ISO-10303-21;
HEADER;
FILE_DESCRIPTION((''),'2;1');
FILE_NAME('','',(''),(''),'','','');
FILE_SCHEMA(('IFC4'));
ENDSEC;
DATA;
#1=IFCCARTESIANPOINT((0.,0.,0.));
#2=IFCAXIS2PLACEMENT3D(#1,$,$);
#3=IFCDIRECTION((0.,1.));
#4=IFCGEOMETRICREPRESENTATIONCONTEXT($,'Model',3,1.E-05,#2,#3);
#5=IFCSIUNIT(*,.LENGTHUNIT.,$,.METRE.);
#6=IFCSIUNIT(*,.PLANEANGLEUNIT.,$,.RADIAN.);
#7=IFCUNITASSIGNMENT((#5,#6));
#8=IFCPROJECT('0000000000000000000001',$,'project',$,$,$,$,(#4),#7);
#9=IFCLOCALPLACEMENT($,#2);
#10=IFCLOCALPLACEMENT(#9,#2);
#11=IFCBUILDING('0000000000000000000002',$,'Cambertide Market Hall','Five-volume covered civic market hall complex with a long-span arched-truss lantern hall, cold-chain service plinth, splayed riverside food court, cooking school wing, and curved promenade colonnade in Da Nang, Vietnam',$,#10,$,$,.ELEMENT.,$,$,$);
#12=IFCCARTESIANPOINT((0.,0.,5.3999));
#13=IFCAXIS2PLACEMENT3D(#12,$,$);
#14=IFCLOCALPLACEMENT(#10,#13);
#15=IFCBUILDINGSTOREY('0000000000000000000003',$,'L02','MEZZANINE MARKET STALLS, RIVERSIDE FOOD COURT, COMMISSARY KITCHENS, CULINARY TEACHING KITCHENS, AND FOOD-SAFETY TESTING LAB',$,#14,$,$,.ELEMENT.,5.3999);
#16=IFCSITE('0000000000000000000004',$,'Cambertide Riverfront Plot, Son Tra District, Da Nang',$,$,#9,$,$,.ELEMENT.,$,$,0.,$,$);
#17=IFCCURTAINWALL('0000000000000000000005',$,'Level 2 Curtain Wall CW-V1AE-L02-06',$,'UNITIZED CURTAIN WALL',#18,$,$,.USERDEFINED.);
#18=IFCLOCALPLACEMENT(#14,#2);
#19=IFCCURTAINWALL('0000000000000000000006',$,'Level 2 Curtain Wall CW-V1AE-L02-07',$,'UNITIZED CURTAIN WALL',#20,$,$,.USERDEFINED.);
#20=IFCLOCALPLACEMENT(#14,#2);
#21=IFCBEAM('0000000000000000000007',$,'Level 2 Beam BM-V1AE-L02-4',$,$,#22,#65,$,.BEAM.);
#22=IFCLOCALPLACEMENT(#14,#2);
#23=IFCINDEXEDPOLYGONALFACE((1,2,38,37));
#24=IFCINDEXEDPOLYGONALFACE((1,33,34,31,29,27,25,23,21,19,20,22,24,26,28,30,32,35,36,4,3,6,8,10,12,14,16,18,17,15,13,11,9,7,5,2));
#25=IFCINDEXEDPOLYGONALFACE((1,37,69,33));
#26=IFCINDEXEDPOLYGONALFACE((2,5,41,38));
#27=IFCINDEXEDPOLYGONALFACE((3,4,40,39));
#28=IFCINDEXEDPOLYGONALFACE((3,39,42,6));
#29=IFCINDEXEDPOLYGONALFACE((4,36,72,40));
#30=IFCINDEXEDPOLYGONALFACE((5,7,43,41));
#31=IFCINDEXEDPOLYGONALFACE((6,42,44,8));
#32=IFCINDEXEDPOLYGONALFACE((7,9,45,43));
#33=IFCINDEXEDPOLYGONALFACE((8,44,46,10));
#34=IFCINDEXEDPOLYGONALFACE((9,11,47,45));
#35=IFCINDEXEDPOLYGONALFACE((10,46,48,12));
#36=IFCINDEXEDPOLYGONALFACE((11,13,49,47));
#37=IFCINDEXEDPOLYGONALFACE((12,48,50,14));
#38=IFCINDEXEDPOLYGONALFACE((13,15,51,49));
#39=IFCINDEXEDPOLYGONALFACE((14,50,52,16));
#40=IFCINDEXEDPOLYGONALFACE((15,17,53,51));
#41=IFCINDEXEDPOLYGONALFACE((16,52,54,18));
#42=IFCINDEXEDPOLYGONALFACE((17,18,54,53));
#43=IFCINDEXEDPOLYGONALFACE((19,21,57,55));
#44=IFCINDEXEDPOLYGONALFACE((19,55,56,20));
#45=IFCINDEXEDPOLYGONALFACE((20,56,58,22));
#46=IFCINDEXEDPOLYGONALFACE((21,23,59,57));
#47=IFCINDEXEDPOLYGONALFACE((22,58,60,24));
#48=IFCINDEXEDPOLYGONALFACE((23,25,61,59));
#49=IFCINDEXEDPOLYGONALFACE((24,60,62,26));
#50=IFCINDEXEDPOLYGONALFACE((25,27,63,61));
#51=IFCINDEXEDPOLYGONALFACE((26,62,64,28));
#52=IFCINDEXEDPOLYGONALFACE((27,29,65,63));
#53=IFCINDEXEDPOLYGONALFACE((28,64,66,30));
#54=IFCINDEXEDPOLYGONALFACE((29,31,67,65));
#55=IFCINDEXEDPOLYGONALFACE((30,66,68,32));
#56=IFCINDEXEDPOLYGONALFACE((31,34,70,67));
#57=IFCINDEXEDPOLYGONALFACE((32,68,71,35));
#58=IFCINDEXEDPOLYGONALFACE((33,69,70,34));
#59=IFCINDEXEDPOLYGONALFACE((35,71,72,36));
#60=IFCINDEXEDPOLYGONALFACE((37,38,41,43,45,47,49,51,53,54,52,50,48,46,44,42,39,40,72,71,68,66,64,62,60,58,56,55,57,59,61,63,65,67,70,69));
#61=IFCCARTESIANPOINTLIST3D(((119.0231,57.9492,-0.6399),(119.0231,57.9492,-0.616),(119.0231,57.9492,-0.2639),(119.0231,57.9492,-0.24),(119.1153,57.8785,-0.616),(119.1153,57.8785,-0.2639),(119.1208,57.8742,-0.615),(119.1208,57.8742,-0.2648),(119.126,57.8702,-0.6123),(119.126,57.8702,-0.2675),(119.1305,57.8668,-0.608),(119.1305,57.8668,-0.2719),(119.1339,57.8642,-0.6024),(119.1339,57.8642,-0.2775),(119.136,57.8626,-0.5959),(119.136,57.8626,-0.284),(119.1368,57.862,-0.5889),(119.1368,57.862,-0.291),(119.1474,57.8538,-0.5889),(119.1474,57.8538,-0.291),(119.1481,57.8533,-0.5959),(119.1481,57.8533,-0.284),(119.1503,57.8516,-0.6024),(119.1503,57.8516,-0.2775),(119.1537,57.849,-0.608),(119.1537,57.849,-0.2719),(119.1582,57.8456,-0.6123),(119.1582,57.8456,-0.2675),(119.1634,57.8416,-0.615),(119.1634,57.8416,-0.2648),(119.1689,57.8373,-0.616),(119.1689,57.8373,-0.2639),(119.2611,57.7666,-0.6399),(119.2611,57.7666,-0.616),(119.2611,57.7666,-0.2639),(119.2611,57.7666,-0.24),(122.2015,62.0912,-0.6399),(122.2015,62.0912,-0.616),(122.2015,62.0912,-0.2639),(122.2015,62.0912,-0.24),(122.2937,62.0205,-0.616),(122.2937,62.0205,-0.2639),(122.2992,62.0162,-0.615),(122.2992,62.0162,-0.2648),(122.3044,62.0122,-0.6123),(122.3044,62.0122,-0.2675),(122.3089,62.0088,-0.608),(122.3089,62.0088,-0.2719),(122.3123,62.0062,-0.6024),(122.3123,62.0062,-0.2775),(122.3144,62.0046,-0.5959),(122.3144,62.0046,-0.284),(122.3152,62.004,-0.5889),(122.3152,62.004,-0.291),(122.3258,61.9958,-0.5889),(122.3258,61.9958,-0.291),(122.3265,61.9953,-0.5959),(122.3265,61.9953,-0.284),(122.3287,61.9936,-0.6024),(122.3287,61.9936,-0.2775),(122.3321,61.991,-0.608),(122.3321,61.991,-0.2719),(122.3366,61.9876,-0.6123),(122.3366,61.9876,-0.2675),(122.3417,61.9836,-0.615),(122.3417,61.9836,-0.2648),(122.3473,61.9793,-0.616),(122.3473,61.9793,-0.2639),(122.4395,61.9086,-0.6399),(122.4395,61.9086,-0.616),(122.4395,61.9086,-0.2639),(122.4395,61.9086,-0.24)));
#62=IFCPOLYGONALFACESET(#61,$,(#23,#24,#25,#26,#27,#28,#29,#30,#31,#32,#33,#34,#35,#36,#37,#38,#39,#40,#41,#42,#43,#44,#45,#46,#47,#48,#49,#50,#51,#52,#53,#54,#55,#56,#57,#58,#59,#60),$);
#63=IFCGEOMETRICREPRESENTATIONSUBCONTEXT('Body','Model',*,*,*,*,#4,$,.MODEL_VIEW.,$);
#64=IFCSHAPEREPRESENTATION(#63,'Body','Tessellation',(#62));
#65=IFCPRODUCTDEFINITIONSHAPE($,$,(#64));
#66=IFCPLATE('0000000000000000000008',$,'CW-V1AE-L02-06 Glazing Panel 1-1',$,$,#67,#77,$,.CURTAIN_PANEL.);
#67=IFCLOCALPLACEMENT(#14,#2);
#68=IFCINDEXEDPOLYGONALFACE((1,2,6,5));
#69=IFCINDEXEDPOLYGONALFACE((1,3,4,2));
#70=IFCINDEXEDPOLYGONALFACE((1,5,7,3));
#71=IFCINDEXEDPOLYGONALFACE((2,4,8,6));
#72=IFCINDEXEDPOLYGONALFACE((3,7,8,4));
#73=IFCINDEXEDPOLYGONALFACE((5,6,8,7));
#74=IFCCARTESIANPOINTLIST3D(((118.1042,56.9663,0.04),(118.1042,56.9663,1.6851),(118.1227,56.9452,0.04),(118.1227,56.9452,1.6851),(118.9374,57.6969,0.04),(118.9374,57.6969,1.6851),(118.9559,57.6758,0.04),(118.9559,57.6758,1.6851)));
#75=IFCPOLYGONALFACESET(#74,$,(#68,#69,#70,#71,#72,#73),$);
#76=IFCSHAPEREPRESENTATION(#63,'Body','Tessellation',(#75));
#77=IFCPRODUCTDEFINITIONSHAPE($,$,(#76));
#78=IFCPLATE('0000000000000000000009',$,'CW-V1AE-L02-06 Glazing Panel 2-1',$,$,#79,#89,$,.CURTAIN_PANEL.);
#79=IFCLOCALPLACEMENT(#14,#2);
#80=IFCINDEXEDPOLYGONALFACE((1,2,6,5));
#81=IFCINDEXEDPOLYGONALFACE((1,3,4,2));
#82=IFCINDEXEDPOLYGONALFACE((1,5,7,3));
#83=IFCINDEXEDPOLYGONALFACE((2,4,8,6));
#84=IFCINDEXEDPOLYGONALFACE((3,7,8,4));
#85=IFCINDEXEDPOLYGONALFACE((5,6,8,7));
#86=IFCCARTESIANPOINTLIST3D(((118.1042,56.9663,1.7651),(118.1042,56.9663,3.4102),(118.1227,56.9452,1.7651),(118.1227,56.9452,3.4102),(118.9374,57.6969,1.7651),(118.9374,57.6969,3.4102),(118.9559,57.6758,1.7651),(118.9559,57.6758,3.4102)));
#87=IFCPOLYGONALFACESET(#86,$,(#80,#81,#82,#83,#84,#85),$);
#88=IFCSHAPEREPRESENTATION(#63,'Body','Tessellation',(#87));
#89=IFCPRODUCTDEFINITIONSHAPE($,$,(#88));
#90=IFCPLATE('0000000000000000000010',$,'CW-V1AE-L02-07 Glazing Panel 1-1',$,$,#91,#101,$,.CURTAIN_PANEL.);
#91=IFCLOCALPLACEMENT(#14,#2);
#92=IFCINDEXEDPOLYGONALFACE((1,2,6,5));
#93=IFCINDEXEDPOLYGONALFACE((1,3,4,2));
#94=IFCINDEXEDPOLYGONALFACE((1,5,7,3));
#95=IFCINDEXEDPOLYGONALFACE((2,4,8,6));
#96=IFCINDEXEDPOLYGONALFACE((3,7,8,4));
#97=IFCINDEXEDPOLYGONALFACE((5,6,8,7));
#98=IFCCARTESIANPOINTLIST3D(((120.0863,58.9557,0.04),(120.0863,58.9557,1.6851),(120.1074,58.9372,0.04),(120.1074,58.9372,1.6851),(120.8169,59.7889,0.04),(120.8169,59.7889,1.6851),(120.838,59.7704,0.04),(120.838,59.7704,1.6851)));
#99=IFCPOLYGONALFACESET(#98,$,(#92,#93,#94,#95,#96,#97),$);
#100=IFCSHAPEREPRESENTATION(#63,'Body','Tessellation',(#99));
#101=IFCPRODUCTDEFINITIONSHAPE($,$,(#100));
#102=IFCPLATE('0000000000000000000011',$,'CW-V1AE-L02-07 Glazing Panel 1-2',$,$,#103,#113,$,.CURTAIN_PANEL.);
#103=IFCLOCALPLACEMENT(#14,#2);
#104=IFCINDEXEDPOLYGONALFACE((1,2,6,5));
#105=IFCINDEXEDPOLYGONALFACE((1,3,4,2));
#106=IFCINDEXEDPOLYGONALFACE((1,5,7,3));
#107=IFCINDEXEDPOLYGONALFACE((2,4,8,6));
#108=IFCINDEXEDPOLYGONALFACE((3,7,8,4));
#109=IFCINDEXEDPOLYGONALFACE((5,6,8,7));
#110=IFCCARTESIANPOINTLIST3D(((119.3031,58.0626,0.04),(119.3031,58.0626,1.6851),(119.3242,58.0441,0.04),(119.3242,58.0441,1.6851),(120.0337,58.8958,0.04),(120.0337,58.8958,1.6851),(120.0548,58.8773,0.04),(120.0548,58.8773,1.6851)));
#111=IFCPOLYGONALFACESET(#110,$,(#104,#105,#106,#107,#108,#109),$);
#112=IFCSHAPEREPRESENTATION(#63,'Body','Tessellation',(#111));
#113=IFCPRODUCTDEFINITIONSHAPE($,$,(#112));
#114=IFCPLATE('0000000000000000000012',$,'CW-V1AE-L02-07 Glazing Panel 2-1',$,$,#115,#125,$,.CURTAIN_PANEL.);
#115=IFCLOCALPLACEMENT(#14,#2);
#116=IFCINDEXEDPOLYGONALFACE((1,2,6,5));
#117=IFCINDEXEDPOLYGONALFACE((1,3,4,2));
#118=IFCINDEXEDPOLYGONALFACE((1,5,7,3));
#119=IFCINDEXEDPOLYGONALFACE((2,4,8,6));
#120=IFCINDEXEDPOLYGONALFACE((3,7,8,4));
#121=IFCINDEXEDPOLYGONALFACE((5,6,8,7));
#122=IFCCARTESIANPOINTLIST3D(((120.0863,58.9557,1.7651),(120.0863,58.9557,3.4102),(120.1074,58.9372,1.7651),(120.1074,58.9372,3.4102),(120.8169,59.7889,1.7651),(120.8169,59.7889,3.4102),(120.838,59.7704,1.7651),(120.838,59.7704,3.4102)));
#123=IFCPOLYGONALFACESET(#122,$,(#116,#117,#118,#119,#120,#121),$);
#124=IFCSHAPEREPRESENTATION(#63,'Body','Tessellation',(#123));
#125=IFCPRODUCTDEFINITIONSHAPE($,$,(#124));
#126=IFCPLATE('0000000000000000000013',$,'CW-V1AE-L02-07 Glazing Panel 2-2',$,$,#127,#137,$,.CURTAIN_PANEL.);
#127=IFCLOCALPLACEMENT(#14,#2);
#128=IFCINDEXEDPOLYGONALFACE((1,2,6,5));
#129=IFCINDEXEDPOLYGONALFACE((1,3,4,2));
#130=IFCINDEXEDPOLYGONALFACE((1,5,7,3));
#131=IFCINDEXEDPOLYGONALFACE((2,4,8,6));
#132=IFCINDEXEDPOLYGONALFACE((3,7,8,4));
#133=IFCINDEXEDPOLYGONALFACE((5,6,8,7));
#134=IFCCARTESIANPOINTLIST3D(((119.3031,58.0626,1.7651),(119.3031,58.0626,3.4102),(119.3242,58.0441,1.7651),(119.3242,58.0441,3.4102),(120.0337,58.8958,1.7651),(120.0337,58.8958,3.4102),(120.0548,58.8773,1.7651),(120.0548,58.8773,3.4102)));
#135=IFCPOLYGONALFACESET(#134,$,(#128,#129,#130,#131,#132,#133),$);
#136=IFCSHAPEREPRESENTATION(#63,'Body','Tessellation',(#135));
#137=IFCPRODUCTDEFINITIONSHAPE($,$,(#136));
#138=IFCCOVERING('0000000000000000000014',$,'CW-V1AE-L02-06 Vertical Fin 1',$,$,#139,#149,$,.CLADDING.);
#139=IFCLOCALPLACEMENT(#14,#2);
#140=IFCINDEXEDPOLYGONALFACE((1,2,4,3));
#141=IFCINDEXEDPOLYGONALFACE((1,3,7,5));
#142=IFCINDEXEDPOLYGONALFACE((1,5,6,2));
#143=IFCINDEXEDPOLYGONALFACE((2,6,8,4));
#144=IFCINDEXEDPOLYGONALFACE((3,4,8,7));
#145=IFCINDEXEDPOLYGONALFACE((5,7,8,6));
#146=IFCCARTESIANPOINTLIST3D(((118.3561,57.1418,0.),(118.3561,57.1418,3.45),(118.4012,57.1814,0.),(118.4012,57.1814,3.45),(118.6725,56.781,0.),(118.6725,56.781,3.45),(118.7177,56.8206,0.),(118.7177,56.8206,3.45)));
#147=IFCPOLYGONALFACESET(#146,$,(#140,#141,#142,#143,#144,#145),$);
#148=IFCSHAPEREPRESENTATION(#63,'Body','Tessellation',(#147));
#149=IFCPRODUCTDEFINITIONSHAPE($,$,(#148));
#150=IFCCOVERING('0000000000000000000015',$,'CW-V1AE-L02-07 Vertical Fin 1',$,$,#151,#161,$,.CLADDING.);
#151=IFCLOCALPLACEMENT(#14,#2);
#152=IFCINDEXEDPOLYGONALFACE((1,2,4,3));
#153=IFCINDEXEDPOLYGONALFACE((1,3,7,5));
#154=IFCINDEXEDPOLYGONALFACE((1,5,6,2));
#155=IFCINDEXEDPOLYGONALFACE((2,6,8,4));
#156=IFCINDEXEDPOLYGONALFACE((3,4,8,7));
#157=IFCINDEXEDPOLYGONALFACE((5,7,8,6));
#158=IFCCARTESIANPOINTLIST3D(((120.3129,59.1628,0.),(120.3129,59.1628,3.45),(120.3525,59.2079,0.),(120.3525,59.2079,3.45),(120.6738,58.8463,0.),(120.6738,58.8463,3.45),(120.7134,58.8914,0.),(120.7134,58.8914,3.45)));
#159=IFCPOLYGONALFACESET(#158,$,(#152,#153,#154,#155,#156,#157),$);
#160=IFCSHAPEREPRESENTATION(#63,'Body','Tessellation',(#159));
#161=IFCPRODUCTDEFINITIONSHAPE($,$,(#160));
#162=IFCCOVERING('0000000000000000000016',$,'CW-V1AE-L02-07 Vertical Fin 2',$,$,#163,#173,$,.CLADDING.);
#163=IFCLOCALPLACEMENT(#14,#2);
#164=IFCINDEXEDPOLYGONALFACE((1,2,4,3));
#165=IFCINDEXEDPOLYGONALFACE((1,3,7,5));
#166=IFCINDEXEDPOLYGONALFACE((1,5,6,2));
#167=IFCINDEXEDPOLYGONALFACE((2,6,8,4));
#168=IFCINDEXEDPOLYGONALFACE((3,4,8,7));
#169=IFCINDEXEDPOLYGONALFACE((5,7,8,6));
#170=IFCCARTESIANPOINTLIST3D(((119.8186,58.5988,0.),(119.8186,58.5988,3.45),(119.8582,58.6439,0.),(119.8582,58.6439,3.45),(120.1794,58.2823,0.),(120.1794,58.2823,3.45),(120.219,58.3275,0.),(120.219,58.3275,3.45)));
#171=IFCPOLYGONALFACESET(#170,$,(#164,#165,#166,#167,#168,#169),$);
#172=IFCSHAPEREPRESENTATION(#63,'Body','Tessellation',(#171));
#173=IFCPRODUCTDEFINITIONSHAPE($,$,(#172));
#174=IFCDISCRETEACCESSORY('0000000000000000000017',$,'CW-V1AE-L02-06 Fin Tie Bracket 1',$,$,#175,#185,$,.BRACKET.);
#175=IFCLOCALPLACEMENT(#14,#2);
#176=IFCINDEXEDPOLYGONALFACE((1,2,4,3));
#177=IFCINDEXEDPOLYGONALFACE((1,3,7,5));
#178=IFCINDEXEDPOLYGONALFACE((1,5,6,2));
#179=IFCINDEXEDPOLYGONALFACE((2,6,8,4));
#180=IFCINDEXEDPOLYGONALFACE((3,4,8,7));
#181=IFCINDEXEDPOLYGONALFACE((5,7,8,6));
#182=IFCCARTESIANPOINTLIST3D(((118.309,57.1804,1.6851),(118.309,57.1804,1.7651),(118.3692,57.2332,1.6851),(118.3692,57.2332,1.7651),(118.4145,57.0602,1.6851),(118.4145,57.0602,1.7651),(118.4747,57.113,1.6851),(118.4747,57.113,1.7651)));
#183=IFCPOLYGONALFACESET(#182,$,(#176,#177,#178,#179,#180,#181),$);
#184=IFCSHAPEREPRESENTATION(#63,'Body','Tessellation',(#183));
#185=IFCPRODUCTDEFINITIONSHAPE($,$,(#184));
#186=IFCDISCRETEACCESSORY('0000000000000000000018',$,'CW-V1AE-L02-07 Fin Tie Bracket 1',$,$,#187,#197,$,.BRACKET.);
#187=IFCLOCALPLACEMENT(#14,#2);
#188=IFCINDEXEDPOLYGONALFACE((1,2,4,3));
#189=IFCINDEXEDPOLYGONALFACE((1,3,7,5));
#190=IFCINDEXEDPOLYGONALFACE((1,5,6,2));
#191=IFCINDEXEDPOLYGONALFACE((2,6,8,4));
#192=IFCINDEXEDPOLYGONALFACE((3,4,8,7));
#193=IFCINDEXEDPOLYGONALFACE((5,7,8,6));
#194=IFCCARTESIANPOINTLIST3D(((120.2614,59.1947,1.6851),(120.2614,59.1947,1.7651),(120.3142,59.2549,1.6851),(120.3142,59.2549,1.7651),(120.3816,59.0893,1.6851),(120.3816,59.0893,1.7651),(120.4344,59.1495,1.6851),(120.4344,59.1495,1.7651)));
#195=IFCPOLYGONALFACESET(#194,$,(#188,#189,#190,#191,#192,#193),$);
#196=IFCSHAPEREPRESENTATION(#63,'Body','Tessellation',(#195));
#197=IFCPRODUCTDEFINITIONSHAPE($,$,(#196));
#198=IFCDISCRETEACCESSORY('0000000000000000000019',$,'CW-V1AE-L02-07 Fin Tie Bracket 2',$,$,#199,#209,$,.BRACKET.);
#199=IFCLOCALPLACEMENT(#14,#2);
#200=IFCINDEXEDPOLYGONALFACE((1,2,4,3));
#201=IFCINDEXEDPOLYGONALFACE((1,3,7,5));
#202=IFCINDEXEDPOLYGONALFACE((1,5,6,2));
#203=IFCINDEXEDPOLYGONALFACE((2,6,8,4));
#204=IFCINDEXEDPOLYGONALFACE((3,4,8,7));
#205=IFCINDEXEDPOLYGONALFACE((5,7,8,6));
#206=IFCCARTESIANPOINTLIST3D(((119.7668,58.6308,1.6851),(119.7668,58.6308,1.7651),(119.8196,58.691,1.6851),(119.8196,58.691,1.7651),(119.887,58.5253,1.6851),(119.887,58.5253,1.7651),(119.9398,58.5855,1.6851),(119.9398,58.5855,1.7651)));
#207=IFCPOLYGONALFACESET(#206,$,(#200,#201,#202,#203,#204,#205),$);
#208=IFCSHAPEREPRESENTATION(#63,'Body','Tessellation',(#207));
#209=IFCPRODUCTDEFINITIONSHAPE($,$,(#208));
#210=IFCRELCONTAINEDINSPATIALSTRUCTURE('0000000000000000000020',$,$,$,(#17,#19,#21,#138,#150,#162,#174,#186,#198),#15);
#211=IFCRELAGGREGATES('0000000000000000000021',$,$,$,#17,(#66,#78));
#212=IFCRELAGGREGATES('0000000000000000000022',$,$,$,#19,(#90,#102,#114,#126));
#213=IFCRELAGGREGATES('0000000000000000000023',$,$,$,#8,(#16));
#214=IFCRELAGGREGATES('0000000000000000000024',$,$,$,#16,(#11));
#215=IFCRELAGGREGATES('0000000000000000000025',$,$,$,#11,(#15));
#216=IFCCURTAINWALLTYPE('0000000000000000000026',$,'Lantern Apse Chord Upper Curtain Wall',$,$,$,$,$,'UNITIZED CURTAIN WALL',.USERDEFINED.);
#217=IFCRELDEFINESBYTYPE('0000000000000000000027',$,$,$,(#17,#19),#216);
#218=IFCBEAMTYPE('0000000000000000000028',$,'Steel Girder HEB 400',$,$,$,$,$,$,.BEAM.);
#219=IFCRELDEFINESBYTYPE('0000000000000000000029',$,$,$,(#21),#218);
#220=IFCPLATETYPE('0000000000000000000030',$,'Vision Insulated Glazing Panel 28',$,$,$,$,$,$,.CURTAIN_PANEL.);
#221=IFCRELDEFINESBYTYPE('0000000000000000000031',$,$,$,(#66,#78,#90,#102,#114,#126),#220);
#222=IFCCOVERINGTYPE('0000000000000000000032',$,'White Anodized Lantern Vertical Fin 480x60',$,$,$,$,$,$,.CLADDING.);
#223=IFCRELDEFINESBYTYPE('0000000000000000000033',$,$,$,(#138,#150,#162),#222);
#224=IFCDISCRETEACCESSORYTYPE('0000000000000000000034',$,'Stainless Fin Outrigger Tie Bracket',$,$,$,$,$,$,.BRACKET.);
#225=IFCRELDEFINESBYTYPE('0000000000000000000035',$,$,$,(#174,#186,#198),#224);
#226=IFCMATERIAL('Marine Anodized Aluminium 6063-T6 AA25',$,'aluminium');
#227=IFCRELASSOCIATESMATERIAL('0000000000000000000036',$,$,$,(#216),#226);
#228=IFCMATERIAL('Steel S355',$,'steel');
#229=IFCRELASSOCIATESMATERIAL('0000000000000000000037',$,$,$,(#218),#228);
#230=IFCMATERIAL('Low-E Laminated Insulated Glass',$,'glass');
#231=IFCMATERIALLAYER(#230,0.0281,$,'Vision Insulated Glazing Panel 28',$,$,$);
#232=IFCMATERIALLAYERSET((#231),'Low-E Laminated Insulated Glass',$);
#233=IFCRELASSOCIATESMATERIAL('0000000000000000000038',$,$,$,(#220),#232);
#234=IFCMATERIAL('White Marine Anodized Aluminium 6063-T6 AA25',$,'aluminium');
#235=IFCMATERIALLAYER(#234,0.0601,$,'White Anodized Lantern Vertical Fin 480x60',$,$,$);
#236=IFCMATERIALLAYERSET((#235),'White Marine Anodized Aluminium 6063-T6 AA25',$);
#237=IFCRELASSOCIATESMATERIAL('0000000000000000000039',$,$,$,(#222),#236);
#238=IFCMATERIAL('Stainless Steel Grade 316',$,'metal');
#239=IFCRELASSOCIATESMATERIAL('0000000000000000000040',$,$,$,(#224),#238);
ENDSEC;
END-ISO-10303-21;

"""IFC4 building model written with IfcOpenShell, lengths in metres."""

from ifc_helpers import new_model, si_unit, direction, frame, origin, origin_2d, place, context, subcontext, project, spatial, rectangle, i_section, extrude, material, layer, layer_set, material_profile, profile_set, type_object, element, aggregate, save


model = new_model("IFC4")

# Units and contexts
model_context = context("Model", 3, precision=1e-05, world=origin(), true_north=direction((0.0, 1.0)))
body_context = subcontext(model_context, "Body", "Model", "MODEL_VIEW")
ifc_project = project(units=[si_unit("LENGTHUNIT", "METRE"), si_unit("PLANEANGLEUNIT", "RADIAN")], contexts=[model_context])

# Site, building, storey
site_placement = place(None, origin())
site = spatial("IfcSite", under=ifc_project, at=site_placement, Name="Cambertide Riverfront Plot, Son Tra District, Da Nang", CompositionType="ELEMENT", RefElevation=0.0)
building_placement = place(site_placement, origin())
building = spatial("IfcBuilding", under=site, at=building_placement, Name="Cambertide Market Hall", Description="Five-volume covered civic market hall complex with a long-span arched-truss lantern hall, cold-chain service plinth, splayed riverside food court, cooking school wing, and curved promenade colonnade in Da Nang, Vietnam", CompositionType="ELEMENT")
storey_placement = place(building_placement, frame((0.0, 0.0, 5.3999)))
storey = spatial("IfcBuildingStorey", under=building, at=storey_placement, Name="L02", Description="MEZZANINE MARKET STALLS, RIVERSIDE FOOD COURT, COMMISSARY KITCHENS, CULINARY TEACHING KITCHENS, AND FOOD-SAFETY TESTING LAB", CompositionType="ELEMENT", Elevation=5.3999)

# Curtain walls
ifc_material_1 = material(Name="Marine Anodized Aluminium 6063-T6 AA25", Category="aluminium")
curtain_wall_type = type_object("IfcCurtainWallType", Name="Lantern Apse Chord Upper Curtain Wall", ElementType="UNITIZED CURTAIN WALL", PredefinedType="USERDEFINED", material=ifc_material_1)
curtain_wall_1_placement = place(storey_placement, origin())
curtain_wall_1 = element("IfcCurtainWall", 1, at=curtain_wall_1_placement, inside=storey, type_object=curtain_wall_type, Name="Level 2 Curtain Wall CW-V1AE-L02-06", ObjectType="UNITIZED CURTAIN WALL", PredefinedType="USERDEFINED")
curtain_wall_2_placement = place(storey_placement, origin())
curtain_wall_2 = element("IfcCurtainWall", 2, at=curtain_wall_2_placement, inside=storey, type_object=curtain_wall_type, Name="Level 2 Curtain Wall CW-V1AE-L02-07", ObjectType="UNITIZED CURTAIN WALL", PredefinedType="USERDEFINED")

# Beam
ifc_material_2 = material(Name="Steel S355", Category="steel")
ifc_material_profile_1 = material_profile(ifc_material_2, i_section(OverallWidth=0.3, OverallDepth=0.3999, WebThickness=0.0134, FlangeThickness=0.0239, FilletRadius=0.0271, at=origin_2d()), Name="HEB 400")
ifc_profile_set_1 = profile_set([ifc_material_profile_1], Name="Steel S355")
beam_type_1 = type_object("IfcBeamType", Name="Steel Girder HEB 400", PredefinedType="BEAM", material=ifc_profile_set_1)
beam_1_placement = place(storey_placement, frame((119.1421, 57.8579, -0.4399), z_axis=(0.608777, 0.793341, 0.0), x_axis=(-0.793341, 0.608777, 0.0)))
element("IfcBeam", 3, at=beam_1_placement, inside=storey, type_object=beam_type_1, Name="Level 2 Beam BM-V1AE-L02-4", PredefinedType="BEAM", context=body_context, shape_type="SweptSolid", body=[
    extrude(i_section(OverallWidth=0.3, OverallDepth=0.3999, WebThickness=0.0134, FlangeThickness=0.0239, FilletRadius=0.0271, at=origin_2d()), origin(), (0.0, 0.0, 1.0), 5.2209),
])

# Plates
ifc_material_3 = material(Name="Low-E Laminated Insulated Glass", Category="glass")
ifc_layer_1 = layer(ifc_material_3, 0.0281, Name="Vision Insulated Glazing Panel 28")
ifc_layer_set_1 = layer_set([ifc_layer_1], Name="Low-E Laminated Insulated Glass")
plate_type = type_object("IfcPlateType", Name="Vision Insulated Glazing Panel 28", PredefinedType="CURTAIN_PANEL", material=ifc_layer_set_1)
plate_1_placement = place(storey_placement, frame((118.53, 57.321, 0.04), z_axis=(0.0, 0.0, 1.0), x_axis=(-0.75184, -0.659346, 0.0)))
plate_1 = element("IfcPlate", 4, at=plate_1_placement, type_object=plate_type, Name="CW-V1AE-L02-06 Glazing Panel 1-1", PredefinedType="CURTAIN_PANEL", context=body_context, shape_type="SweptSolid", body=[
    extrude(rectangle(XDim=1.1082, YDim=0.0281, at=origin_2d()), origin(), (0.0, 0.0, 1.0), 1.645),
])
plate_2_placement = place(storey_placement, frame((118.53, 57.321, 1.7651), z_axis=(0.0, 0.0, 1.0), x_axis=(-0.75184, -0.659346, 0.0)))
plate_2 = element("IfcPlate", 5, at=plate_2_placement, type_object=plate_type, Name="CW-V1AE-L02-06 Glazing Panel 2-1", PredefinedType="CURTAIN_PANEL", context=body_context, shape_type="SweptSolid", body=[
    extrude(rectangle(XDim=1.1082, YDim=0.0281, at=origin_2d()), origin(), (0.0, 0.0, 1.0), 1.645),
])
aggregate(curtain_wall_1, [plate_1, plate_2])
plate_3_placement = place(storey_placement, frame((120.4622, 59.363, 0.04), z_axis=(0.0, 0.0, 1.0), x_axis=(-0.659346, -0.75184, 0.0)))
plate_3 = element("IfcPlate", 6, at=plate_3_placement, type_object=plate_type, Name="CW-V1AE-L02-07 Glazing Panel 1-1", PredefinedType="CURTAIN_PANEL", context=body_context, shape_type="SweptSolid", body=[
    extrude(rectangle(XDim=1.1082, YDim=0.0281, at=origin_2d()), origin(), (0.0, 0.0, 1.0), 1.645),
])
plate_4_placement = place(storey_placement, frame((119.679, 58.47, 0.04), z_axis=(0.0, 0.0, 1.0), x_axis=(-0.659346, -0.75184, 0.0)))
plate_4 = element("IfcPlate", 7, at=plate_4_placement, type_object=plate_type, Name="CW-V1AE-L02-07 Glazing Panel 1-2", PredefinedType="CURTAIN_PANEL", context=body_context, shape_type="SweptSolid", body=[
    extrude(rectangle(XDim=1.1082, YDim=0.0281, at=origin_2d()), origin(), (0.0, 0.0, 1.0), 1.645),
])
plate_5_placement = place(storey_placement, frame((120.4622, 59.363, 1.7651), z_axis=(0.0, 0.0, 1.0), x_axis=(-0.659346, -0.75184, 0.0)))
plate_5 = element("IfcPlate", 8, at=plate_5_placement, type_object=plate_type, Name="CW-V1AE-L02-07 Glazing Panel 2-1", PredefinedType="CURTAIN_PANEL", context=body_context, shape_type="SweptSolid", body=[
    extrude(rectangle(XDim=1.1082, YDim=0.0281, at=origin_2d()), origin(), (0.0, 0.0, 1.0), 1.645),
])
plate_6_placement = place(storey_placement, frame((119.679, 58.47, 1.7651), z_axis=(0.0, 0.0, 1.0), x_axis=(-0.659346, -0.75184, 0.0)))
plate_6 = element("IfcPlate", 9, at=plate_6_placement, type_object=plate_type, Name="CW-V1AE-L02-07 Glazing Panel 2-2", PredefinedType="CURTAIN_PANEL", context=body_context, shape_type="SweptSolid", body=[
    extrude(rectangle(XDim=1.1082, YDim=0.0281, at=origin_2d()), origin(), (0.0, 0.0, 1.0), 1.645),
])
aggregate(curtain_wall_2, [plate_3, plate_4, plate_5, plate_6])

# Coverings
ifc_material_4 = material(Name="White Marine Anodized Aluminium 6063-T6 AA25", Category="aluminium")
ifc_layer_2 = layer(ifc_material_4, 0.0601, Name="White Anodized Lantern Vertical Fin 480x60")
ifc_layer_set_2 = layer_set([ifc_layer_2], Name="White Marine Anodized Aluminium 6063-T6 AA25")
covering_type = type_object("IfcCoveringType", Name="White Anodized Lantern Vertical Fin 480x60", PredefinedType="CLADDING", material=ifc_layer_set_2)
for number, where, z_axis, x_axis, name in (
    (10, (118.5369, 56.9812, 0.0), (0.0, 0.0, 1.0), (-0.75184, -0.659346, 0.0), "CW-V1AE-L02-06 Vertical Fin 1"),
    (11, (120.5132, 59.0271, 0.0), (0.0, 0.0, 1.0), (-0.659346, -0.75184, 0.0), "CW-V1AE-L02-07 Vertical Fin 1"),
    (12, (120.0188, 58.4631, 0.0), (0.0, 0.0, 1.0), (-0.659346, -0.75184, 0.0), "CW-V1AE-L02-07 Vertical Fin 2"),
):
    element("IfcCovering", number, at=place(storey_placement, frame(where, z_axis=z_axis, x_axis=x_axis)), inside=storey, type_object=covering_type, Name=name, PredefinedType="CLADDING", context=body_context, shape_type="SweptSolid", body=[
        extrude(rectangle(XDim=0.0601, YDim=0.48, at=origin_2d()), origin(), (0.0, 0.0, 1.0), 3.45),
    ])

# Discrete accessories
ifc_material_5 = material(Name="Stainless Steel Grade 316", Category="metal")
discrete_accessory_type = type_object("IfcDiscreteAccessoryType", Name="Stainless Fin Outrigger Tie Bracket", PredefinedType="BRACKET", material=ifc_material_5)
for number, where, z_axis, x_axis, name in (
    (13, (118.3918, 57.1467, 1.6851), (0.0, 0.0, 1.0), (-0.75184, -0.659346, 0.0), "CW-V1AE-L02-06 Fin Tie Bracket 1"),
    (14, (120.3479, 59.1721, 1.6851), (0.0, 0.0, 1.0), (-0.659346, -0.75184, 0.0), "CW-V1AE-L02-07 Fin Tie Bracket 1"),
    (15, (119.8533, 58.6082, 1.6851), (0.0, 0.0, 1.0), (-0.659346, -0.75184, 0.0), "CW-V1AE-L02-07 Fin Tie Bracket 2"),
):
    element("IfcDiscreteAccessory", number, at=place(storey_placement, frame(where, z_axis=z_axis, x_axis=x_axis)), inside=storey, type_object=discrete_accessory_type, Name=name, PredefinedType="BRACKET", context=body_context, shape_type="SweptSolid", body=[
        extrude(rectangle(XDim=0.0801, YDim=0.1599, at=origin_2d()), origin(), (0.0, 0.0, 1.0), 0.0801),
    ])

save(model, "model.ifc")
